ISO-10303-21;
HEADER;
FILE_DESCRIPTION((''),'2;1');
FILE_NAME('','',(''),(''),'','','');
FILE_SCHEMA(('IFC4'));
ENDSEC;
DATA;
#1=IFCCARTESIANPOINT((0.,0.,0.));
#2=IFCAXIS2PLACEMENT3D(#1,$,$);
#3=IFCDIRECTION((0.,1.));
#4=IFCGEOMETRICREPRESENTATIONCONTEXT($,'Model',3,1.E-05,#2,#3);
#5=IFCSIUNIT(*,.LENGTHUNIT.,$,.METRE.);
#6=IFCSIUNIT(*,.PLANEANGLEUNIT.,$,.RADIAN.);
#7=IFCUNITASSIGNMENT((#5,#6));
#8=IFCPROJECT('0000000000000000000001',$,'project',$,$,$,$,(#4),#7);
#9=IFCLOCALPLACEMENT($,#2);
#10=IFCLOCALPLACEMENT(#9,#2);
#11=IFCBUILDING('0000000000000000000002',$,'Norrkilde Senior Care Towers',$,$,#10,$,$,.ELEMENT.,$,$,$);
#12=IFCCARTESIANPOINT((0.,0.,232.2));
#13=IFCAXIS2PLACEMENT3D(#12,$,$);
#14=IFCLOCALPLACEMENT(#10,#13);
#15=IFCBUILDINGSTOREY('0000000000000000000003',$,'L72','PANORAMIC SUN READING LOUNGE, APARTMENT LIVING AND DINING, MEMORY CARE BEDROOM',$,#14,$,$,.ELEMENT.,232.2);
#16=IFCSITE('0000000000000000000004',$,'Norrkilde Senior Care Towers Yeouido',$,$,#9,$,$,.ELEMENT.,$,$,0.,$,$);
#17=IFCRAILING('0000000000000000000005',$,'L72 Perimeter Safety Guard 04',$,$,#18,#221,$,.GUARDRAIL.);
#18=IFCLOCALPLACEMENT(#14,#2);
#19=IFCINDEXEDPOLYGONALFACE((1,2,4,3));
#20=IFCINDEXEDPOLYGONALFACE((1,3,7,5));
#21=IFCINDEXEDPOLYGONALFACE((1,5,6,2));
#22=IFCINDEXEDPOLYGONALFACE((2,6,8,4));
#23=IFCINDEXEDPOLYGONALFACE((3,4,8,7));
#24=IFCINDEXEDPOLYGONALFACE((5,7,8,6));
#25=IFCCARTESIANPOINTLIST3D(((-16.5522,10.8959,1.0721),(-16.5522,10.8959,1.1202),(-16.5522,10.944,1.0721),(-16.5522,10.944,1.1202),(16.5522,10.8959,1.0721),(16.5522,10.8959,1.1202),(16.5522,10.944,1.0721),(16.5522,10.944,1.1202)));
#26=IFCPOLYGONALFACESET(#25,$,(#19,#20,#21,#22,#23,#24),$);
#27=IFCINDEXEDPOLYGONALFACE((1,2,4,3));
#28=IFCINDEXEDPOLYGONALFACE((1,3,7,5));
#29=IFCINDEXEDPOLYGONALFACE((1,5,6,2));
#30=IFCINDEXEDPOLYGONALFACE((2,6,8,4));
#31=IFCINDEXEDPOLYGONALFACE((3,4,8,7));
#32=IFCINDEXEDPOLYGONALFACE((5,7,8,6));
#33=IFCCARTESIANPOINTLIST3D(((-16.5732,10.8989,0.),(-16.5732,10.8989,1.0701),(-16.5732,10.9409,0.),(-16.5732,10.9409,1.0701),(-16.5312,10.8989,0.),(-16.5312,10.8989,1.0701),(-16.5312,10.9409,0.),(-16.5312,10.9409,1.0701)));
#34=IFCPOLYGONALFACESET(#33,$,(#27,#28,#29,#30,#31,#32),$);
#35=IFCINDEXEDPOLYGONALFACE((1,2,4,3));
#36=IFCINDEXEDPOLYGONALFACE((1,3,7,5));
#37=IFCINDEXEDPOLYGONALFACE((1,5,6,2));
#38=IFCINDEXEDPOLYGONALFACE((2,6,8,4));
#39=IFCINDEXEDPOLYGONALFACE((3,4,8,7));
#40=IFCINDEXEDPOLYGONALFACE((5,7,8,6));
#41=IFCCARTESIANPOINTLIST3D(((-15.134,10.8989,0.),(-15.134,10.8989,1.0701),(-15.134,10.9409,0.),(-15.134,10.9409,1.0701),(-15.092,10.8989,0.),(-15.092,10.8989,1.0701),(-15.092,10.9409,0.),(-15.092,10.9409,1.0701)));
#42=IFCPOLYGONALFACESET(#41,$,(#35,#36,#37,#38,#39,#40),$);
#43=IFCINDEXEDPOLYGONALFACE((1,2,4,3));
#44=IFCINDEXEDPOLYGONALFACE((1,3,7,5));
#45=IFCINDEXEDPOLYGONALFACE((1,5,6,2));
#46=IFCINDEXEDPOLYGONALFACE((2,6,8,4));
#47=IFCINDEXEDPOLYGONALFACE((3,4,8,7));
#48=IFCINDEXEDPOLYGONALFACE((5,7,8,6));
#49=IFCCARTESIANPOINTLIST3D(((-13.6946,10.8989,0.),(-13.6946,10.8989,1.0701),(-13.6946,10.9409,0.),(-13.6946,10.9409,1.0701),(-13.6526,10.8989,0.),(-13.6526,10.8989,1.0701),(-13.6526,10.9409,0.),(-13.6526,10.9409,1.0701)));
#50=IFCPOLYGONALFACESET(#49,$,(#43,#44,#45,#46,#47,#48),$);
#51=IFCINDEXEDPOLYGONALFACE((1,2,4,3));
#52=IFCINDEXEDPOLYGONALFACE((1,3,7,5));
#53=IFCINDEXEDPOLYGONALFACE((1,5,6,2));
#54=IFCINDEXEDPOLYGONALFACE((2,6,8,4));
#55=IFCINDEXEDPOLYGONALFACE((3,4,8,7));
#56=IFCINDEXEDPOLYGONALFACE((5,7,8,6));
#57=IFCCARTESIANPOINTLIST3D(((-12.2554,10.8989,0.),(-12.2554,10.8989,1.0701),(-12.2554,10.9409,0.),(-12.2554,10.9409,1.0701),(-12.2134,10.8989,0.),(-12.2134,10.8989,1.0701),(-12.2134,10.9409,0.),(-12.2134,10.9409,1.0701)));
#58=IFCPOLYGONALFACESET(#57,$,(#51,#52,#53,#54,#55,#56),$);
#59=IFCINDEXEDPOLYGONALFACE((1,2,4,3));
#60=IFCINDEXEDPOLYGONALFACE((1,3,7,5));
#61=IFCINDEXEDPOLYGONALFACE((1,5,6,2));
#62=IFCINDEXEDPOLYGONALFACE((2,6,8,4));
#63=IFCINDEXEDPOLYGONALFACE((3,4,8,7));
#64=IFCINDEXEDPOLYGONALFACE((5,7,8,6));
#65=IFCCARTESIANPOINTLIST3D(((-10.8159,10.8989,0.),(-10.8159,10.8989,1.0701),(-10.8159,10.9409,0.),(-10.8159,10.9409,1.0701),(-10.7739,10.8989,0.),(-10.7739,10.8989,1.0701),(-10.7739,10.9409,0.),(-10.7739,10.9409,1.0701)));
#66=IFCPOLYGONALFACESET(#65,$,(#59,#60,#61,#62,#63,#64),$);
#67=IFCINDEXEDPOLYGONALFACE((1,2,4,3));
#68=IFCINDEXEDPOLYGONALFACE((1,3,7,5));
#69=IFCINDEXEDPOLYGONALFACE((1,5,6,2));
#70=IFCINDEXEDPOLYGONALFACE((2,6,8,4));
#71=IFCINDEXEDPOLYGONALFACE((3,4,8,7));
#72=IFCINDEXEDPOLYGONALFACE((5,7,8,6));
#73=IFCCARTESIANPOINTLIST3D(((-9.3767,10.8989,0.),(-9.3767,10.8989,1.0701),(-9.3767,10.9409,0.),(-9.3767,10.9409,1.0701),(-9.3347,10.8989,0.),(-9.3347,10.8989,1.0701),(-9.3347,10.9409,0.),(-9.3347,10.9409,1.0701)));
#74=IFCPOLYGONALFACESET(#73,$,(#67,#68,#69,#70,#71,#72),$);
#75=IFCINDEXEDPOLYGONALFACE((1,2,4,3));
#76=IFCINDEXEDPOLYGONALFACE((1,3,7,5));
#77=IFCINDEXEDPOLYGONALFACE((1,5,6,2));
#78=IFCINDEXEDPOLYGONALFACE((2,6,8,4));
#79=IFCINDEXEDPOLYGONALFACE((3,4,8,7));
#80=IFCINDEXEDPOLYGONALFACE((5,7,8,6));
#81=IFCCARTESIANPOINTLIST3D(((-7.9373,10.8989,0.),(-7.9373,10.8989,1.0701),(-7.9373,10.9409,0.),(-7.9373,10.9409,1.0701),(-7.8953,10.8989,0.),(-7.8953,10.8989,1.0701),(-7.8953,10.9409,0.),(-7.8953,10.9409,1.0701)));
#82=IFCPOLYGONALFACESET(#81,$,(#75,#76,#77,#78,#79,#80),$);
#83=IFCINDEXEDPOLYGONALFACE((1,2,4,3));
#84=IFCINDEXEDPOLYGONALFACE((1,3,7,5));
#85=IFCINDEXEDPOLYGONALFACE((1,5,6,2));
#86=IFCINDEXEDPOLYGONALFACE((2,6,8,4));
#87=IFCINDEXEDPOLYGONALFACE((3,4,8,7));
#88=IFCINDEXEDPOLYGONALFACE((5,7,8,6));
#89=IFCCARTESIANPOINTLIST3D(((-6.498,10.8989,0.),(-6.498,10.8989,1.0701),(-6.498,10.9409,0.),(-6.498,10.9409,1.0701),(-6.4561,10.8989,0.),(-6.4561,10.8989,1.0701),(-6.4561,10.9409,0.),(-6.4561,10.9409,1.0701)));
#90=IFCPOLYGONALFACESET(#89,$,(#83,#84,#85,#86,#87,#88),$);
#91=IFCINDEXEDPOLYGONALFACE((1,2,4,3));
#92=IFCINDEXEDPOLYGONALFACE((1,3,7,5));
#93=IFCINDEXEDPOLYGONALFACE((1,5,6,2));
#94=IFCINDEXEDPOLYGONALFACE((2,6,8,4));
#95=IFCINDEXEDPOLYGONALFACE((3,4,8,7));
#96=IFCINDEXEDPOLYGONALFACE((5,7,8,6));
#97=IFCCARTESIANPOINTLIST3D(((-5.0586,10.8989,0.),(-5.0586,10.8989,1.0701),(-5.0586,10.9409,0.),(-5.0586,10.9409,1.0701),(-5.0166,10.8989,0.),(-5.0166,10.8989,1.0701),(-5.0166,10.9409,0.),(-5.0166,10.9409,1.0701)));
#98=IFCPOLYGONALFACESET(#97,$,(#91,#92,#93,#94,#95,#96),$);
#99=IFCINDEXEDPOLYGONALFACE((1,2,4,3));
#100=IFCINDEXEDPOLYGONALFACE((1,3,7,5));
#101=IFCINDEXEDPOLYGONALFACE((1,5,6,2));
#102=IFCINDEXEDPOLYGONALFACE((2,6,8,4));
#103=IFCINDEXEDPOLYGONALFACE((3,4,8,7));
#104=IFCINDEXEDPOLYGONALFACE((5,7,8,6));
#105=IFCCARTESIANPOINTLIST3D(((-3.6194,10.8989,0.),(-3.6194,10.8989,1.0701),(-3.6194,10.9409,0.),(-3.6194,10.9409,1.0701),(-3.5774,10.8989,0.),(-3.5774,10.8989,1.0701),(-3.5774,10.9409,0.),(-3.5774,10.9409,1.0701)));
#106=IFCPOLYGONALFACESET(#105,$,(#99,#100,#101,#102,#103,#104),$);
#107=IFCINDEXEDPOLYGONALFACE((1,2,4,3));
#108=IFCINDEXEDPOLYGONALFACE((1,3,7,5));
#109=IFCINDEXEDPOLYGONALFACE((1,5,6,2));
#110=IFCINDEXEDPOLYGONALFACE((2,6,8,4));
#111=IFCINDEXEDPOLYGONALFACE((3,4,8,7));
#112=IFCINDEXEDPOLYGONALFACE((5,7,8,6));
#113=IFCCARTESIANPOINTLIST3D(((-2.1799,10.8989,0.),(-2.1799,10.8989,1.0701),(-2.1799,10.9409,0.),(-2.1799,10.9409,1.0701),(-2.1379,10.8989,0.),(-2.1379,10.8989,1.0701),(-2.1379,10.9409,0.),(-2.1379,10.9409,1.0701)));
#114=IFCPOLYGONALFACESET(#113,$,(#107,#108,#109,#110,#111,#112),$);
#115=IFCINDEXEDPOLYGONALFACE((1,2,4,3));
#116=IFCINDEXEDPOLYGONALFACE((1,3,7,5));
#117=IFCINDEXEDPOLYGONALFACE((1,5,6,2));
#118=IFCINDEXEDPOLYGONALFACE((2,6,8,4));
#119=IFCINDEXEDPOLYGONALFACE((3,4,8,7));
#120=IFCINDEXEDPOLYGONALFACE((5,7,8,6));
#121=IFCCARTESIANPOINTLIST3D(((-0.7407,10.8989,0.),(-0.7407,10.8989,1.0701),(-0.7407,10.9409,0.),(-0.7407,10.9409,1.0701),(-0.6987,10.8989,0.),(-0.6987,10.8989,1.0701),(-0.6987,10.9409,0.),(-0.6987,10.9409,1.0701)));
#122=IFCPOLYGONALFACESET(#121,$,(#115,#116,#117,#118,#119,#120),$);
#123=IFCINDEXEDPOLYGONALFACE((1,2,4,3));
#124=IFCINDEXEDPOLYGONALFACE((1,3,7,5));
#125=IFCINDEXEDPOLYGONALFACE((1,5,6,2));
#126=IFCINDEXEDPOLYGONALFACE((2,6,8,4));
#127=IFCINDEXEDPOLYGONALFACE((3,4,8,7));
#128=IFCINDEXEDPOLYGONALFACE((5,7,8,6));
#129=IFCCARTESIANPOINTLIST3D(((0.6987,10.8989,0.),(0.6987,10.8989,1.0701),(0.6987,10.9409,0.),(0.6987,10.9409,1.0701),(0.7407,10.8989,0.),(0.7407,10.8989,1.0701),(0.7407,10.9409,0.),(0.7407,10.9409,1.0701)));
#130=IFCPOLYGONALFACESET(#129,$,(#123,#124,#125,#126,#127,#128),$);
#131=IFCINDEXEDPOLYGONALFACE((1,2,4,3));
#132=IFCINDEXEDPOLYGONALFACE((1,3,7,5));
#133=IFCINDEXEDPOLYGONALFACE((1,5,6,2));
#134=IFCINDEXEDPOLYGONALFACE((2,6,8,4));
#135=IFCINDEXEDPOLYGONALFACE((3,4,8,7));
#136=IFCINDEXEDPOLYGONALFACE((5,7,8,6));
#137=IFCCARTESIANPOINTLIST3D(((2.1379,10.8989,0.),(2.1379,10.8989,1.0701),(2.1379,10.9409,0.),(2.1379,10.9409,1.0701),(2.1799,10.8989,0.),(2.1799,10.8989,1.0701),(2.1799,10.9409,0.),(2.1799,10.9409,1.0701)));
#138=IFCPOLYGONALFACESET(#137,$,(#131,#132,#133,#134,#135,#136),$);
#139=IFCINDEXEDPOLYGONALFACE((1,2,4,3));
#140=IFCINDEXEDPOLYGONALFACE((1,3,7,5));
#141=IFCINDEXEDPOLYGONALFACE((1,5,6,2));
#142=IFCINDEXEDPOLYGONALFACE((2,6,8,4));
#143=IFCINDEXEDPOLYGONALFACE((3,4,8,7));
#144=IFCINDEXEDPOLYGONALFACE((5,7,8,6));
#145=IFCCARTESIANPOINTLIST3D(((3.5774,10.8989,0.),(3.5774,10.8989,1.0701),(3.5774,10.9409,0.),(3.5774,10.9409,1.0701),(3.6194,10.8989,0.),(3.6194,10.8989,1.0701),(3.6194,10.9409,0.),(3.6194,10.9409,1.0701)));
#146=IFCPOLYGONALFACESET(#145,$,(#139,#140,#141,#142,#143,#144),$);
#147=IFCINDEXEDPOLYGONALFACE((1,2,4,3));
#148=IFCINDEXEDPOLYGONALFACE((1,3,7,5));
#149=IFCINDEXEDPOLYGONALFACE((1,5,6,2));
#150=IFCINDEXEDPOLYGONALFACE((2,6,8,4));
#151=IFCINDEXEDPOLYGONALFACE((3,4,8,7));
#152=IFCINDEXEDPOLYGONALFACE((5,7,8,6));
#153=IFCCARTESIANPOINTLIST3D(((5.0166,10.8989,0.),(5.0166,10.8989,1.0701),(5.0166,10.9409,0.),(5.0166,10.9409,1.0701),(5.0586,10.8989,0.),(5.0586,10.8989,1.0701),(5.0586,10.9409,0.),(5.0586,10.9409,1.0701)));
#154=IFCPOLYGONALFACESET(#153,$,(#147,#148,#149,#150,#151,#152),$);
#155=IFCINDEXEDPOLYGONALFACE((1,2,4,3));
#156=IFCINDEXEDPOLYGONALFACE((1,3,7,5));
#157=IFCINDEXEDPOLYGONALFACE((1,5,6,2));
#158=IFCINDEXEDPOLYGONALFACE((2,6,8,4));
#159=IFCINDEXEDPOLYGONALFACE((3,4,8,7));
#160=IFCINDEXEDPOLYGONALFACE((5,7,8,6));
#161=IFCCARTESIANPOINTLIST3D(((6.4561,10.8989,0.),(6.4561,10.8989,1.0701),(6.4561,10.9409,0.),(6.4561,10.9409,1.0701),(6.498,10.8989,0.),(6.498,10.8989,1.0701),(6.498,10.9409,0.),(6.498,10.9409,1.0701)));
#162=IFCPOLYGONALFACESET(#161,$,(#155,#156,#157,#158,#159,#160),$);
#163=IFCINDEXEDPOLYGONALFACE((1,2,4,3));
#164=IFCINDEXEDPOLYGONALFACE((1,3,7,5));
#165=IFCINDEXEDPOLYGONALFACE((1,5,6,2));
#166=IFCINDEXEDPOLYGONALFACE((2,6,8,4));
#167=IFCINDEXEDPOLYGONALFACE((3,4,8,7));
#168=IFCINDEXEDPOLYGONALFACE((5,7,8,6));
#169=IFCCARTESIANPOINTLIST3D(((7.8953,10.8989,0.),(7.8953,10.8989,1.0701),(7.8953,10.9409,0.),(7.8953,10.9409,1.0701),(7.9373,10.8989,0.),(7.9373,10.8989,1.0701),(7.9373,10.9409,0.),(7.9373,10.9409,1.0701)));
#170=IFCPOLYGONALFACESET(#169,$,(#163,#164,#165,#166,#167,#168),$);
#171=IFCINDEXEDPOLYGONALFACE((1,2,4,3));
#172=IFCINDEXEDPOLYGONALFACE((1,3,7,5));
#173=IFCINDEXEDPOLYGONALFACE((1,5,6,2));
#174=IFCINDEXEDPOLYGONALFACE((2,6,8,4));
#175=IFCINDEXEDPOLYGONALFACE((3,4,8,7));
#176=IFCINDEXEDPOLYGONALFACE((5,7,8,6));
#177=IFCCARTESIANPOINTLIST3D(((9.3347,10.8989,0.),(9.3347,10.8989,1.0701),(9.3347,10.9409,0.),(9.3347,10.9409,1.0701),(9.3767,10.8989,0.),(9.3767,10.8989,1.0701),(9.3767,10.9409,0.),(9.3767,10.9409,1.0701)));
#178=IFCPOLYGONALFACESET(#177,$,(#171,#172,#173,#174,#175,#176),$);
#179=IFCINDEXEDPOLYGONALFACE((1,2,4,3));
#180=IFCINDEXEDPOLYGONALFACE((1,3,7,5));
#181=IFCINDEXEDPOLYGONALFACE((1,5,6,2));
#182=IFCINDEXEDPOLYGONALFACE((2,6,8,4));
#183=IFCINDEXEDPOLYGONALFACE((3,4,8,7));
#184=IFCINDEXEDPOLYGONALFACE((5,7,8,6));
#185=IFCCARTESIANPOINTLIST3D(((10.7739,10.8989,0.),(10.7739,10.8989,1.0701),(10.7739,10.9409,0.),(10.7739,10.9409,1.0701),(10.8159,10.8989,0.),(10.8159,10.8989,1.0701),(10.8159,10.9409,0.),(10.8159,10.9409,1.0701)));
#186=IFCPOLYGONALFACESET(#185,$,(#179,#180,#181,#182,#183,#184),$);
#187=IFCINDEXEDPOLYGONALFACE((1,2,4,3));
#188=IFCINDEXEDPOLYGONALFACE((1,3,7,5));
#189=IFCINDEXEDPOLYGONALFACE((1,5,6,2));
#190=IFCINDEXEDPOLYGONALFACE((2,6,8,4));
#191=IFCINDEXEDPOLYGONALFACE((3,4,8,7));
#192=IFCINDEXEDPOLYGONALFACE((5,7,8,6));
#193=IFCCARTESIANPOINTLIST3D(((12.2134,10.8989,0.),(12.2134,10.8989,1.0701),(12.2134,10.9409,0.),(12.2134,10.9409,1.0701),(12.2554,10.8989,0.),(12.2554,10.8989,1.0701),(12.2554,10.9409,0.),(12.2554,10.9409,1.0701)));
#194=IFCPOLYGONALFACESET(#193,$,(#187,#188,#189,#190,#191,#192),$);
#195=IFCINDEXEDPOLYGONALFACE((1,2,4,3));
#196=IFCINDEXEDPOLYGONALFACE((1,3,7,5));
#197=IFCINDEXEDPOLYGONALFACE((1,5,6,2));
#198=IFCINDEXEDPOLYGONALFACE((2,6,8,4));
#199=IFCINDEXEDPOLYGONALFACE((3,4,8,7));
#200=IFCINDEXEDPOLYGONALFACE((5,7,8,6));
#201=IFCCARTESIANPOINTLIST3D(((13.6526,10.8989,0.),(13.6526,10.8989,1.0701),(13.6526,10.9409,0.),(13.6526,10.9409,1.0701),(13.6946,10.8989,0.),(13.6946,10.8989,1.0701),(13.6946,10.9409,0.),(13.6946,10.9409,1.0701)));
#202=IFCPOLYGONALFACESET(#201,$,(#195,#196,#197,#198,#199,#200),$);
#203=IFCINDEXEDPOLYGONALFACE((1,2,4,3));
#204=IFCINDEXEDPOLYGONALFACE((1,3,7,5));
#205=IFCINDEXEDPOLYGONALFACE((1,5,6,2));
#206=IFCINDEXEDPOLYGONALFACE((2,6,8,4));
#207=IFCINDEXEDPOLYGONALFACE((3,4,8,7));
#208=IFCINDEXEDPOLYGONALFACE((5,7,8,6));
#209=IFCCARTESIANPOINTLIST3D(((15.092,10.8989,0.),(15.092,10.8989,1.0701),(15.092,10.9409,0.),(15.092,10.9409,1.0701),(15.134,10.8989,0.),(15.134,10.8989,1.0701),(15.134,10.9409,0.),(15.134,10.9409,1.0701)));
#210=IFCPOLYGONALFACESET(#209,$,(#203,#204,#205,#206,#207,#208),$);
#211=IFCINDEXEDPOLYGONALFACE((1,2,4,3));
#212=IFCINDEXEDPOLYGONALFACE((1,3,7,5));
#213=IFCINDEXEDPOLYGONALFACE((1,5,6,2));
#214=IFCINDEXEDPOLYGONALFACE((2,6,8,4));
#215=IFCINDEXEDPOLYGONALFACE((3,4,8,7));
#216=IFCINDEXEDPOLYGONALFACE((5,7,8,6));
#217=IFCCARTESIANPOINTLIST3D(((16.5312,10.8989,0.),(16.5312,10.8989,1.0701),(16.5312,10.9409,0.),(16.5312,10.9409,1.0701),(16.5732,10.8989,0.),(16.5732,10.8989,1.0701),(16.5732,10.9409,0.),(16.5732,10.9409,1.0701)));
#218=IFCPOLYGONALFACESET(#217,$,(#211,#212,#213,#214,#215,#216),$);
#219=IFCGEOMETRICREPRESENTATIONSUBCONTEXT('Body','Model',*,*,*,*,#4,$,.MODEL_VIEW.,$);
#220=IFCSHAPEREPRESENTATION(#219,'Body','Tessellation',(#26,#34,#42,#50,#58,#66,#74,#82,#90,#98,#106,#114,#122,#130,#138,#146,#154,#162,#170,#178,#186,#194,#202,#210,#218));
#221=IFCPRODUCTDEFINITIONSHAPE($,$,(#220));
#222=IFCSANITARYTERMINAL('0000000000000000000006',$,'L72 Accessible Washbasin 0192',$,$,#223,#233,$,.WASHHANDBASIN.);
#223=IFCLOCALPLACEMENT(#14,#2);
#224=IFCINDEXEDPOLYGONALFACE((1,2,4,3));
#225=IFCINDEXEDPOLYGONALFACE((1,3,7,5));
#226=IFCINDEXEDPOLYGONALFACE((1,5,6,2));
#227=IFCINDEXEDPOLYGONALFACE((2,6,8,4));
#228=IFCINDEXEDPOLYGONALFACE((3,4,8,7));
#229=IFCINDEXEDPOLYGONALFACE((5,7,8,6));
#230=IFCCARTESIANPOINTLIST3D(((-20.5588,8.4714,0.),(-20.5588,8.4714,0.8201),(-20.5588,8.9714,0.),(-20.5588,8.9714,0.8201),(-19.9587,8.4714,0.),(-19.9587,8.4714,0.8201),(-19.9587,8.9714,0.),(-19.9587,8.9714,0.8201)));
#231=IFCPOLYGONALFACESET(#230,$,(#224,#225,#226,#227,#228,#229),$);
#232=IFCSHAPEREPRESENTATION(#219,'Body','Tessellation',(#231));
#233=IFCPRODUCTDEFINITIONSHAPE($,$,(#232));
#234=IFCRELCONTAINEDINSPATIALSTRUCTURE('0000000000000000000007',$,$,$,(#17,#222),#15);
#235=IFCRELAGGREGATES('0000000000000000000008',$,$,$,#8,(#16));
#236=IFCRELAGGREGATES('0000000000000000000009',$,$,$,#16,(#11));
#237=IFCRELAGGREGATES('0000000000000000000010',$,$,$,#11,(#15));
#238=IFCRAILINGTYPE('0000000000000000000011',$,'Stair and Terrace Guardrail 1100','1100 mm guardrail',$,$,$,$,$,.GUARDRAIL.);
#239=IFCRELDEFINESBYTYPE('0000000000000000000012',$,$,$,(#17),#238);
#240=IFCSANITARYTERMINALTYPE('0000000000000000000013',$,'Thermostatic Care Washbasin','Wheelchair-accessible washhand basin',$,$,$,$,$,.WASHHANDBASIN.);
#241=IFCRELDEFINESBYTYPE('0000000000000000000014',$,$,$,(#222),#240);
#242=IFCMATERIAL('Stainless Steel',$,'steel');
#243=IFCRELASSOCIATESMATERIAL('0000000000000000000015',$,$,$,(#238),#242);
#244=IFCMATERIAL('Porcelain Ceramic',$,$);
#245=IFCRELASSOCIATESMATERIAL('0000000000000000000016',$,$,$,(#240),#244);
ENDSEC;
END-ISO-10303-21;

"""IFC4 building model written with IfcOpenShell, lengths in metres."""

from ifc_helpers import new_model, si_unit, direction, frame, origin, origin_2d, place, context, subcontext, project, spatial, rectangle, extrude, source, transform, mapped, material, type_object, type_shapes, element, save


model = new_model("IFC4")

# Units and contexts
model_context = context("Model", 3, precision=1e-05, world=origin(), true_north=direction((0.0, 1.0)))
body_context = subcontext(model_context, "Body", "Model", "MODEL_VIEW")
ifc_project = project(units=[si_unit("LENGTHUNIT", "METRE"), si_unit("PLANEANGLEUNIT", "RADIAN")], contexts=[model_context])

# Site, building, storey
site_placement = place(None, origin())
site = spatial("IfcSite", under=ifc_project, at=site_placement, Name="Norrkilde Senior Care Towers Yeouido", CompositionType="ELEMENT", RefElevation=0.0)
building_placement = place(site_placement, origin())
building = spatial("IfcBuilding", under=site, at=building_placement, Name="Norrkilde Senior Care Towers", CompositionType="ELEMENT")
storey_placement = place(building_placement, frame((0.0, 0.0, 232.2)))
storey = spatial("IfcBuildingStorey", under=building, at=storey_placement, Name="L72", Description="PANORAMIC SUN READING LOUNGE, APARTMENT LIVING AND DINING, MEMORY CARE BEDROOM", CompositionType="ELEMENT", Elevation=232.2)

# Railing
ifc_material_1 = material(Name="Stainless Steel", Category="steel")
railing_type = type_object("IfcRailingType", Name="Stair and Terrace Guardrail 1100", Description="1100 mm guardrail", PredefinedType="GUARDRAIL", material=ifc_material_1)
railing_placement = place(storey_placement, frame((-16.5522, 10.9199, 0.0)))
element("IfcRailing", 1, at=railing_placement, inside=storey, type_object=railing_type, Name="L72 Perimeter Safety Guard 04", PredefinedType="GUARDRAIL", context=body_context, shape_type="SweptSolid", body=[
    extrude(rectangle(XDim=0.0481, YDim=0.0481, at=origin_2d()), frame((0.0, 0.0, 1.0962), z_axis=(1.0, 0.0, 0.0), x_axis=(0.0, 1.0, 0.0)), (0.0, 0.0, 1.0), 33.1045),
    extrude(rectangle(XDim=0.042, YDim=0.042, at=origin_2d()), origin(), (0.0, 0.0, 1.0), 1.0701),
    extrude(rectangle(XDim=0.042, YDim=0.042, at=origin_2d()), frame((1.4392, 0.0, 0.0)), (0.0, 0.0, 1.0), 1.0701),
    extrude(rectangle(XDim=0.042, YDim=0.042, at=origin_2d()), frame((2.8787, 0.0, 0.0)), (0.0, 0.0, 1.0), 1.0701),
    extrude(rectangle(XDim=0.042, YDim=0.042, at=origin_2d()), frame((4.3179, 0.0, 0.0)), (0.0, 0.0, 1.0), 1.0701),
    extrude(rectangle(XDim=0.042, YDim=0.042, at=origin_2d()), frame((5.7573, 0.0, 0.0)), (0.0, 0.0, 1.0), 1.0701),
    extrude(rectangle(XDim=0.042, YDim=0.042, at=origin_2d()), frame((7.1965, 0.0, 0.0)), (0.0, 0.0, 1.0), 1.0701),
    extrude(rectangle(XDim=0.042, YDim=0.042, at=origin_2d()), frame((8.636, 0.0, 0.0)), (0.0, 0.0, 1.0), 1.0701),
    extrude(rectangle(XDim=0.042, YDim=0.042, at=origin_2d()), frame((10.0752, 0.0, 0.0)), (0.0, 0.0, 1.0), 1.0701),
    extrude(rectangle(XDim=0.042, YDim=0.042, at=origin_2d()), frame((11.5146, 0.0, 0.0)), (0.0, 0.0, 1.0), 1.0701),
    extrude(rectangle(XDim=0.042, YDim=0.042, at=origin_2d()), frame((12.9539, 0.0, 0.0)), (0.0, 0.0, 1.0), 1.0701),
    extrude(rectangle(XDim=0.042, YDim=0.042, at=origin_2d()), frame((14.3933, 0.0, 0.0)), (0.0, 0.0, 1.0), 1.0701),
    extrude(rectangle(XDim=0.042, YDim=0.042, at=origin_2d()), frame((15.8325, 0.0, 0.0)), (0.0, 0.0, 1.0), 1.0701),
    extrude(rectangle(XDim=0.042, YDim=0.042, at=origin_2d()), frame((17.272, 0.0, 0.0)), (0.0, 0.0, 1.0), 1.0701),
    extrude(rectangle(XDim=0.042, YDim=0.042, at=origin_2d()), frame((18.7112, 0.0, 0.0)), (0.0, 0.0, 1.0), 1.0701),
    extrude(rectangle(XDim=0.042, YDim=0.042, at=origin_2d()), frame((20.1506, 0.0, 0.0)), (0.0, 0.0, 1.0), 1.0701),
    extrude(rectangle(XDim=0.042, YDim=0.042, at=origin_2d()), frame((21.5898, 0.0, 0.0)), (0.0, 0.0, 1.0), 1.0701),
    extrude(rectangle(XDim=0.042, YDim=0.042, at=origin_2d()), frame((23.0293, 0.0, 0.0)), (0.0, 0.0, 1.0), 1.0701),
    extrude(rectangle(XDim=0.042, YDim=0.042, at=origin_2d()), frame((24.4685, 0.0, 0.0)), (0.0, 0.0, 1.0), 1.0701),
    extrude(rectangle(XDim=0.042, YDim=0.042, at=origin_2d()), frame((25.908, 0.0, 0.0)), (0.0, 0.0, 1.0), 1.0701),
    extrude(rectangle(XDim=0.042, YDim=0.042, at=origin_2d()), frame((27.3472, 0.0, 0.0)), (0.0, 0.0, 1.0), 1.0701),
    extrude(rectangle(XDim=0.042, YDim=0.042, at=origin_2d()), frame((28.7866, 0.0, 0.0)), (0.0, 0.0, 1.0), 1.0701),
    extrude(rectangle(XDim=0.042, YDim=0.042, at=origin_2d()), frame((30.2258, 0.0, 0.0)), (0.0, 0.0, 1.0), 1.0701),
    extrude(rectangle(XDim=0.042, YDim=0.042, at=origin_2d()), frame((31.6653, 0.0, 0.0)), (0.0, 0.0, 1.0), 1.0701),
    extrude(rectangle(XDim=0.042, YDim=0.042, at=origin_2d()), frame((33.1045, 0.0, 0.0)), (0.0, 0.0, 1.0), 1.0701),
])

# Sanitary terminal
ifc_material_2 = material(Name="Porcelain Ceramic")
sanitary_terminal_type = type_object("IfcSanitaryTerminalType", Name="Thermostatic Care Washbasin", Description="Wheelchair-accessible washhand basin", PredefinedType="WASHHANDBASIN", material=ifc_material_2)
shared_shape_1 = source(origin(), body_context, "Body", "SweptSolid", [
    extrude(rectangle(XDim=0.6001, YDim=0.5, at=origin_2d()), origin(), (0.0, 0.0, 1.0), 0.8201),
])
type_shapes(sanitary_terminal_type, [shared_shape_1])
sanitary_terminal_placement = place(storey_placement, frame((-20.2588, 8.7214, 0.0), z_axis=(0.0, 0.0, 1.0), x_axis=(1.0, 0.0, 0.0)))
element("IfcSanitaryTerminal", 2, at=sanitary_terminal_placement, inside=storey, type_object=sanitary_terminal_type, Name="L72 Accessible Washbasin 0192", PredefinedType="WASHHANDBASIN", context=body_context, shape_type="MappedRepresentation", body=[
    mapped(shared_shape_1, transform((0.0, 0.0, 0.0), x_axis=(1.0, 0.0, 0.0), y_axis=(0.0, 1.0, 0.0), z_axis=(0.0, 0.0, 1.0), scale=1.0)),
])

save(model, "model.ifc")
